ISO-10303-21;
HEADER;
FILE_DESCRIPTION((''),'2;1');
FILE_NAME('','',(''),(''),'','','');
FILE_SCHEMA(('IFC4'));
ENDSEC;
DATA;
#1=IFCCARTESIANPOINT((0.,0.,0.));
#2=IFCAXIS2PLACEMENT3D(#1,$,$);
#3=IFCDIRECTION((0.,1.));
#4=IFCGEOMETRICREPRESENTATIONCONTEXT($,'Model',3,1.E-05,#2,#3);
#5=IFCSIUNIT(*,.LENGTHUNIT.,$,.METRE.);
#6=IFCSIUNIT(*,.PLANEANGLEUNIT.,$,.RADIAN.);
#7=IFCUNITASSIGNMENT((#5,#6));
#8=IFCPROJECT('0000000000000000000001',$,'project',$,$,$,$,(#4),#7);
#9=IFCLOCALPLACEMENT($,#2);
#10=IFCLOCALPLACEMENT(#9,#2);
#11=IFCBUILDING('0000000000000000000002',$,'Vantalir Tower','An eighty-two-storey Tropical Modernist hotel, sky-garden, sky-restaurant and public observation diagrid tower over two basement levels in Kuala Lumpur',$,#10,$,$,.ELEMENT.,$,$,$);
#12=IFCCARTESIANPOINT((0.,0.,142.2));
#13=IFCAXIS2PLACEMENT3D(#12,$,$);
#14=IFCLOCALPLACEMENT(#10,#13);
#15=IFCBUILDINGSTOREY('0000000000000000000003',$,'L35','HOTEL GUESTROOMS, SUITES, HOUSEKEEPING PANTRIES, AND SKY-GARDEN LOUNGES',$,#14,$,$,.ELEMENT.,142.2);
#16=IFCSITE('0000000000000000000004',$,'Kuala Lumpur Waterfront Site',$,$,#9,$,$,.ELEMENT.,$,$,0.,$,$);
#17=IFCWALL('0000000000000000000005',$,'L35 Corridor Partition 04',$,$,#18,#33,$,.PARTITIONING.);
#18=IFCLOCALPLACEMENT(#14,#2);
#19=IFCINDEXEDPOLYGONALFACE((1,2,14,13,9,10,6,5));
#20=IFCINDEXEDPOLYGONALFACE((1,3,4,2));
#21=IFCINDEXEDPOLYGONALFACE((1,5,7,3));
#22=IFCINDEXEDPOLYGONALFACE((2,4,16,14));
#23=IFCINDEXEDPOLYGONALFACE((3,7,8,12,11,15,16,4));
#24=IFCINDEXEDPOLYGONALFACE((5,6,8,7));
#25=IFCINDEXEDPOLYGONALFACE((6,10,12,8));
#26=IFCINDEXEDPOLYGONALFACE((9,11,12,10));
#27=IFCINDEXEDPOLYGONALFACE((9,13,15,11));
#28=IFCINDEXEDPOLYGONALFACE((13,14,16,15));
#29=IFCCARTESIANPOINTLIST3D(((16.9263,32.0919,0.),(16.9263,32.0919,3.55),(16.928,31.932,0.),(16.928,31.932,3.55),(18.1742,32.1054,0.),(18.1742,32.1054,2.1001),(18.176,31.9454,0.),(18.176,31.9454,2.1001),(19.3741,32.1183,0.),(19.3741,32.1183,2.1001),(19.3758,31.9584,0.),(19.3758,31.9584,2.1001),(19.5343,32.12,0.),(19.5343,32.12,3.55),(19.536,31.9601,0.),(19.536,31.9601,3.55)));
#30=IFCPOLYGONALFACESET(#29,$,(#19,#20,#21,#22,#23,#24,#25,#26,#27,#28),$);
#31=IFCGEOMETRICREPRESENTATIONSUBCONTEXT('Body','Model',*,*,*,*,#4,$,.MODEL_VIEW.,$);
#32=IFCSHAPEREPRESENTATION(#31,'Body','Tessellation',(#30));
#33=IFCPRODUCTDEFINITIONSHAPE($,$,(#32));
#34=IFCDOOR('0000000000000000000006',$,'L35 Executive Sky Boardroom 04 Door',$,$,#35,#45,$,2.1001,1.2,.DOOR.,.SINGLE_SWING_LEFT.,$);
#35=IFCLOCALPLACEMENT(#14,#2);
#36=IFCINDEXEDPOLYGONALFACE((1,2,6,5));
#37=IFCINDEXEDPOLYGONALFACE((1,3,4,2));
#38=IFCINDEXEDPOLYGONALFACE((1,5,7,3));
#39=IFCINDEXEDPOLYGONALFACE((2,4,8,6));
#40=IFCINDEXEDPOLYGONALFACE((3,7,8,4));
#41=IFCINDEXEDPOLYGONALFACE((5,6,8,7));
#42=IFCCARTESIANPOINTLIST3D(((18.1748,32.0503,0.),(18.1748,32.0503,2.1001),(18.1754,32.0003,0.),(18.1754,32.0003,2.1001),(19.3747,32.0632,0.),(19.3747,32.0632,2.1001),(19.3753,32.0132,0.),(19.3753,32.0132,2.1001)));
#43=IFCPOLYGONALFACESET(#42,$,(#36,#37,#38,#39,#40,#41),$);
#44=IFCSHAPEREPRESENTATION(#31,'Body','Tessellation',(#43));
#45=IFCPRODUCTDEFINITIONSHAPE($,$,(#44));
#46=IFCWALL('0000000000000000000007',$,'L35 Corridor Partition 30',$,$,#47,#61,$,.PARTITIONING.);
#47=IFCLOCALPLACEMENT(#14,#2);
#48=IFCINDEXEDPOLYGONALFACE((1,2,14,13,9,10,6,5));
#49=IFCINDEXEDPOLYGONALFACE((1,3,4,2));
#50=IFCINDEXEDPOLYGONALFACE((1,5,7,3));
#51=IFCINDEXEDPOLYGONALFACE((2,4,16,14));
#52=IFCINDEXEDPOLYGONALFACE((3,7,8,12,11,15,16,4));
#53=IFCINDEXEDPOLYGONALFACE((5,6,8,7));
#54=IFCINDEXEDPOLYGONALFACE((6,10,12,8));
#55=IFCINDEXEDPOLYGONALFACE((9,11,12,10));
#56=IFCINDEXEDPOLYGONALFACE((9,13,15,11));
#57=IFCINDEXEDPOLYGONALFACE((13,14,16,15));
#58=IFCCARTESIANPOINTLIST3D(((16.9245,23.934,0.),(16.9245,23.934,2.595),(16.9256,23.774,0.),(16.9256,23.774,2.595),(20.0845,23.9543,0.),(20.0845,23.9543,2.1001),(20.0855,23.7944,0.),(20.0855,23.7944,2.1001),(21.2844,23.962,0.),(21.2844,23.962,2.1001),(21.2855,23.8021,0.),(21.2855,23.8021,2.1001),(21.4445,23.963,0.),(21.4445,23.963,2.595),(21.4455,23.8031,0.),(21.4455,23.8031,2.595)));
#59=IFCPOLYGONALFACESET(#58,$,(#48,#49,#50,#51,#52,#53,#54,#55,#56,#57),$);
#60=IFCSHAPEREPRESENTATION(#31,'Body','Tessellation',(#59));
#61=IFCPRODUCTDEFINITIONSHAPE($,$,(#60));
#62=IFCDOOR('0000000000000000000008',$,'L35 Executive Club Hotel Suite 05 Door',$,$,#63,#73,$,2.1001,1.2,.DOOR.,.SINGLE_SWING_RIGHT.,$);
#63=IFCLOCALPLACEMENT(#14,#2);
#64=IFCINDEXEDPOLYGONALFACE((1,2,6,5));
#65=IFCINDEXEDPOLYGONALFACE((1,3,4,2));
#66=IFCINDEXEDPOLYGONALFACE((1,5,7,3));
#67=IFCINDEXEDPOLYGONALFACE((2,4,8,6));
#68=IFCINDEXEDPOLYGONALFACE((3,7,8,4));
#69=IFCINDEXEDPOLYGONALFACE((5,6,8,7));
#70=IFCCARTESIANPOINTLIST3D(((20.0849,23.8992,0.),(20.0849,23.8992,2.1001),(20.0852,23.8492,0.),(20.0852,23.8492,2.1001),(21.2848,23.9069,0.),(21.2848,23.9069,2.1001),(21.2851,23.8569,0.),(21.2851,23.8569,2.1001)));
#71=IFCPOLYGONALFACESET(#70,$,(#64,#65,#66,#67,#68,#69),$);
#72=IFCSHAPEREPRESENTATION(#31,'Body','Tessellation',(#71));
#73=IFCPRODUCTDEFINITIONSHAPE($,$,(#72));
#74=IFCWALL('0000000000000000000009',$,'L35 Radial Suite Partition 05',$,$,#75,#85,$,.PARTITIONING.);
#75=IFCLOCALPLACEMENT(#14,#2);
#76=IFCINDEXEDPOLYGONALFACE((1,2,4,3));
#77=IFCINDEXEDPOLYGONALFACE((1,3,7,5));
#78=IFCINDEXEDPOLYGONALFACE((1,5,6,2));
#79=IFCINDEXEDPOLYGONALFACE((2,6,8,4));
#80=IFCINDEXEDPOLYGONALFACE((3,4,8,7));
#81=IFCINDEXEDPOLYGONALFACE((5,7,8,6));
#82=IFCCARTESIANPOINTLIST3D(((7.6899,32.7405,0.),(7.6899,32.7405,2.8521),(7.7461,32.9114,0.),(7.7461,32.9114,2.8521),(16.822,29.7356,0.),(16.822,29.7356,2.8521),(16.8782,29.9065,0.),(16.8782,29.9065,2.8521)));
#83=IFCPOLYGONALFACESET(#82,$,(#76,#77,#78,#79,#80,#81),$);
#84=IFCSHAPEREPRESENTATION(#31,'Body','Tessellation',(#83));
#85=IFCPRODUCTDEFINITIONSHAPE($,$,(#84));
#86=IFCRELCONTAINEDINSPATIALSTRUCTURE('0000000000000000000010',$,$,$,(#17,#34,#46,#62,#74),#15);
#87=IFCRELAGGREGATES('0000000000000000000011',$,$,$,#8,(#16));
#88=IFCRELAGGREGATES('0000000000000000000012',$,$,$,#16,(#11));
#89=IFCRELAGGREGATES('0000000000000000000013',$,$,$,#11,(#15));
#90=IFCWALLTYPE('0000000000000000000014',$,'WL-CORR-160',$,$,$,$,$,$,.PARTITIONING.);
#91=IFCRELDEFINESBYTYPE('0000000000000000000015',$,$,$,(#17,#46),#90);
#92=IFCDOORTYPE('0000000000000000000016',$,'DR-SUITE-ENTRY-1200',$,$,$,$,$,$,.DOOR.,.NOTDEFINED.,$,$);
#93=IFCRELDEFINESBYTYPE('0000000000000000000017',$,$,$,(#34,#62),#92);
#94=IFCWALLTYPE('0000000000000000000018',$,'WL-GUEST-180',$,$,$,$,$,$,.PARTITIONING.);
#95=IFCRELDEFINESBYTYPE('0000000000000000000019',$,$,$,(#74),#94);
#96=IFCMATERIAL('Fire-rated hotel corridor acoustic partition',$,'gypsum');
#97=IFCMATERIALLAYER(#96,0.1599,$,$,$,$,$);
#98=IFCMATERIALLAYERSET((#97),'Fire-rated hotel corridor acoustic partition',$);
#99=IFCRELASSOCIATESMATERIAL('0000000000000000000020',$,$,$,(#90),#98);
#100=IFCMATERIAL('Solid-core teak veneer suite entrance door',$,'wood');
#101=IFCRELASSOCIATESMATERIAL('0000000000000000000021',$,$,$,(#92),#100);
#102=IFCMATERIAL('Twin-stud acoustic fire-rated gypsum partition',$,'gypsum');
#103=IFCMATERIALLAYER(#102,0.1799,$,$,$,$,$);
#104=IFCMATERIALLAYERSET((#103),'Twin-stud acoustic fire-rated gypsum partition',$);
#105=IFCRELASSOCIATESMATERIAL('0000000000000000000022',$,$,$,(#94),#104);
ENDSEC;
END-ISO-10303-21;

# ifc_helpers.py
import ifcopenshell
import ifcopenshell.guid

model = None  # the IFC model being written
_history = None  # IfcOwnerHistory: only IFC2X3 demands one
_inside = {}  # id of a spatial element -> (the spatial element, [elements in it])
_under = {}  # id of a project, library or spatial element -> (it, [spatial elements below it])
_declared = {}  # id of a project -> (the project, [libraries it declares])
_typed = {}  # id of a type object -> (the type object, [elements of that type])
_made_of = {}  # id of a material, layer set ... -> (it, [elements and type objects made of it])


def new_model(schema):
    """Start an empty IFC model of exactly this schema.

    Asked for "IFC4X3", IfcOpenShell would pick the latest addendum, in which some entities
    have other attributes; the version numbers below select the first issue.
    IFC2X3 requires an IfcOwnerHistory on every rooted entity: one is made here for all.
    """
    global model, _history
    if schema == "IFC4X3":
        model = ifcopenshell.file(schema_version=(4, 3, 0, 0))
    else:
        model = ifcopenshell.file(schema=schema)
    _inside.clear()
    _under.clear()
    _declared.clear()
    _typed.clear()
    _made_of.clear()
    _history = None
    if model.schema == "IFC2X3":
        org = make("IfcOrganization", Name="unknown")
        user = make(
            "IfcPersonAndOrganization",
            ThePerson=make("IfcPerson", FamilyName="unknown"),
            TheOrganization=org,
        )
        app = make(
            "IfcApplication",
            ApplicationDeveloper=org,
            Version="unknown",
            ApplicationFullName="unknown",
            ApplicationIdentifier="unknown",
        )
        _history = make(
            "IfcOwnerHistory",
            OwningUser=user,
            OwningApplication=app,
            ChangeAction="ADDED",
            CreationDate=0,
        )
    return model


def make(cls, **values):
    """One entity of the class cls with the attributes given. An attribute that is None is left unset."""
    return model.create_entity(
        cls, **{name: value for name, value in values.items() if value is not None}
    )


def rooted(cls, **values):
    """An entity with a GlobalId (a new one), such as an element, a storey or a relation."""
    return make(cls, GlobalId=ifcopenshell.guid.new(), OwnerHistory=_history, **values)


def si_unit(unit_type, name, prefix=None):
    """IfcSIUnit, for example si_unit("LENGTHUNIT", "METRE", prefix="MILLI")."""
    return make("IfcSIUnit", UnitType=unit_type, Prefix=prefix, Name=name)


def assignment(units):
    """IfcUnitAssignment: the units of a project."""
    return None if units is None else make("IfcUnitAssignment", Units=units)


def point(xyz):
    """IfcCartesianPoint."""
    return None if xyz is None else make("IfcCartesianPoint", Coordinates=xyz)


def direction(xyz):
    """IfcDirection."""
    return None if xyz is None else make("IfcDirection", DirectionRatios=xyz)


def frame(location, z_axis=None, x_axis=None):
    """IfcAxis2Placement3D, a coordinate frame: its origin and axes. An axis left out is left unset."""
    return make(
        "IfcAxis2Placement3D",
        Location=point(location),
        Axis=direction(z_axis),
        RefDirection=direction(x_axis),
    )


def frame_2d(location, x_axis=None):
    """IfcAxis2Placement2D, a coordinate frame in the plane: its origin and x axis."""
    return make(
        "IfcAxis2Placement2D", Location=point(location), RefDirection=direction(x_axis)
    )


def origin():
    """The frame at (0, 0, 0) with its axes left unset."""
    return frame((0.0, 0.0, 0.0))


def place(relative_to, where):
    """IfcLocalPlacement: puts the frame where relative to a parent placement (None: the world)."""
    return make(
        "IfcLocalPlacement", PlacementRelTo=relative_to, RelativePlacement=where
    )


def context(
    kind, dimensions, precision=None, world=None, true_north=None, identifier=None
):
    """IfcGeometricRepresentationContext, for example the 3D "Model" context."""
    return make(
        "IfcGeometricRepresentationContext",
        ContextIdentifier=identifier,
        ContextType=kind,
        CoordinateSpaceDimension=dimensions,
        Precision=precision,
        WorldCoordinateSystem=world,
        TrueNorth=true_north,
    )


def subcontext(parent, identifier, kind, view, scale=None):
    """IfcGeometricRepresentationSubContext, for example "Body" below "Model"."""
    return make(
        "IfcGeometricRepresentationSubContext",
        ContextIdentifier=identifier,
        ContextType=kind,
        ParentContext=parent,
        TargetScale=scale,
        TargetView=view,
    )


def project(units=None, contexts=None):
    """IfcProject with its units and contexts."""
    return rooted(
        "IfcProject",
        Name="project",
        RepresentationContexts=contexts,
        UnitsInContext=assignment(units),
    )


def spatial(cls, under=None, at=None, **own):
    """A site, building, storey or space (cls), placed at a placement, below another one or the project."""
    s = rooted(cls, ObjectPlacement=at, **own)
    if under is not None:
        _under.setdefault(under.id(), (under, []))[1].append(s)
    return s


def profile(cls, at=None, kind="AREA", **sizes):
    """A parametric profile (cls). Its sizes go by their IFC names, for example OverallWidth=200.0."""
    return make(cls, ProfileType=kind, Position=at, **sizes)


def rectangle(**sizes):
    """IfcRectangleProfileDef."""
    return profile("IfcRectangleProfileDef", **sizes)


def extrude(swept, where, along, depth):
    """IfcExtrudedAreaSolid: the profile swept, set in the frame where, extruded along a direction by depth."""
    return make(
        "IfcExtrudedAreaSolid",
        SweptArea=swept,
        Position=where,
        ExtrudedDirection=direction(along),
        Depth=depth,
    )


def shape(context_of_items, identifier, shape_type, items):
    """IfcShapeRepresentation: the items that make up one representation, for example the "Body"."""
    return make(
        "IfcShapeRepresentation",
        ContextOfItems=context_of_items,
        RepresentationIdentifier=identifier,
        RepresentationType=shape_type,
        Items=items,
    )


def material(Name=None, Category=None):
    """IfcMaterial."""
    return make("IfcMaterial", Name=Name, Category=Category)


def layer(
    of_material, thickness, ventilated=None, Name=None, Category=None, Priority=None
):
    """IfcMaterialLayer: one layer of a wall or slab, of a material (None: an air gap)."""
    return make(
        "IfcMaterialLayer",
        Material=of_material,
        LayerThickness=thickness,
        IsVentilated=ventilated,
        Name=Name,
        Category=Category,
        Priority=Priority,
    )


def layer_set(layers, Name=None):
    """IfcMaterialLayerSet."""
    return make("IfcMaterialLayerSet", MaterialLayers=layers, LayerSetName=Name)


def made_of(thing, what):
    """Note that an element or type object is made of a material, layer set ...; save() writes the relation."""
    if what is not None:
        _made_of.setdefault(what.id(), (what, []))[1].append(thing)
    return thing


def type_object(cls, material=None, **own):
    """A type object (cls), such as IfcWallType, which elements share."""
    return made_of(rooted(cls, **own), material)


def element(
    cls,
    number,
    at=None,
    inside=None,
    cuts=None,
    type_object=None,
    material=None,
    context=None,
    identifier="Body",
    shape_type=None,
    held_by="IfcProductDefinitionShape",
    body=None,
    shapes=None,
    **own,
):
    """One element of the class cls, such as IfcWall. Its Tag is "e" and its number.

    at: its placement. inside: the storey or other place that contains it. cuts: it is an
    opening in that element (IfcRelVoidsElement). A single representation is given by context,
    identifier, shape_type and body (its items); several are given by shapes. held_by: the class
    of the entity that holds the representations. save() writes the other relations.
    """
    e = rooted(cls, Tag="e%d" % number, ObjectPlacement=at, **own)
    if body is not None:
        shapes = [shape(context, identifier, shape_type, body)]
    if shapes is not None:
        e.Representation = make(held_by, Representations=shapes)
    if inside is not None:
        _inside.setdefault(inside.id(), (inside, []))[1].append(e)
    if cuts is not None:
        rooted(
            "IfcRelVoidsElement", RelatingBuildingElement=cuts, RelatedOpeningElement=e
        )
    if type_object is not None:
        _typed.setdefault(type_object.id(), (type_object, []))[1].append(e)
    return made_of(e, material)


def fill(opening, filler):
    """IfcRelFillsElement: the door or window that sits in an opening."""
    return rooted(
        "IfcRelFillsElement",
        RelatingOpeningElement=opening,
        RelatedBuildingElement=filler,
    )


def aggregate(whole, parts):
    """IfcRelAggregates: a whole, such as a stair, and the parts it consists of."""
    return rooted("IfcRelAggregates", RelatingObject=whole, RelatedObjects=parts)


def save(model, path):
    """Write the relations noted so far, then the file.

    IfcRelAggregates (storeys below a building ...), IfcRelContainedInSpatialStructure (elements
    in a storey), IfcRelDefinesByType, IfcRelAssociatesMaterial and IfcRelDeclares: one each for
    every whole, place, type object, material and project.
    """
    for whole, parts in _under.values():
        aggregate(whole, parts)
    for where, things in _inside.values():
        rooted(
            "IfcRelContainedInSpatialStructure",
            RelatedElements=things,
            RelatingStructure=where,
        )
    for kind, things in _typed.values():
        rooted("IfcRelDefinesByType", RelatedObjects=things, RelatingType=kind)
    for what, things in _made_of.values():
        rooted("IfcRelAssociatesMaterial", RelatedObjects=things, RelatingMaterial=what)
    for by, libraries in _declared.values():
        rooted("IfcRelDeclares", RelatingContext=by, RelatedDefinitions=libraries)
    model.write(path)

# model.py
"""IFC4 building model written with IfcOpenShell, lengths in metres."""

from ifc_helpers import new_model, si_unit, direction, frame, frame_2d, origin, place, context, subcontext, project, spatial, rectangle, extrude, material, layer, layer_set, type_object, element, fill, save


model = new_model("IFC4")

# Units and contexts
model_context = context("Model", 3, precision=1e-05, world=origin(), true_north=direction((0.0, 1.0)))
body_context = subcontext(model_context, "Body", "Model", "MODEL_VIEW")
ifc_project = project(units=[si_unit("LENGTHUNIT", "METRE"), si_unit("PLANEANGLEUNIT", "RADIAN")], contexts=[model_context])

# Site, building, storey
site_placement = place(None, origin())
site = spatial("IfcSite", under=ifc_project, at=site_placement, Name="Kuala Lumpur Waterfront Site", CompositionType="ELEMENT", RefElevation=0.0)
building_placement = place(site_placement, origin())
building = spatial("IfcBuilding", under=site, at=building_placement, Name="Vantalir Tower", Description="An eighty-two-storey Tropical Modernist hotel, sky-garden, sky-restaurant and public observation diagrid tower over two basement levels in Kuala Lumpur", CompositionType="ELEMENT")
storey_placement = place(building_placement, frame((0.0, 0.0, 142.2)))
storey = spatial("IfcBuildingStorey", under=building, at=storey_placement, Name="L35", Description="HOTEL GUESTROOMS, SUITES, HOUSEKEEPING PANTRIES, AND SKY-GARDEN LOUNGES", CompositionType="ELEMENT", Elevation=142.2)

# Shared definitions
ifc_material_1 = material(Name="Fire-rated hotel corridor acoustic partition", Category="gypsum")
ifc_layer_1 = layer(ifc_material_1, 0.1599)
ifc_layer_set_1 = layer_set([ifc_layer_1], Name="Fire-rated hotel corridor acoustic partition")
wall_type_1 = type_object("IfcWallType", Name="WL-CORR-160", PredefinedType="PARTITIONING", material=ifc_layer_set_1)

# Walls, openings, doors
wall_1_placement = place(storey_placement, frame((16.927, 32.012, 0.0), z_axis=(0.0, 0.0, 1.0), x_axis=(0.999942, 0.010765, 0.0)))
wall_1 = element("IfcWall", 1, at=wall_1_placement, inside=storey, type_object=wall_type_1, Name="L35 Corridor Partition 04", PredefinedType="PARTITIONING", context=body_context, shape_type="SweptSolid", body=[
    extrude(rectangle(XDim=2.6082, YDim=0.1599, at=frame_2d((1.3042, 0.0))), origin(), (0.0, 0.0, 1.0), 3.55),
])
opening_1_placement = place(wall_1_placement, frame((1.248, 0.0, 0.0)))
opening_1 = element("IfcOpeningElement", 2, at=opening_1_placement, cuts=wall_1, PredefinedType="OPENING", context=body_context, shape_type="SweptSolid", body=[
    extrude(rectangle(XDim=1.2, YDim=2.1001, at=frame_2d((0.6001, 1.05))), frame((0.0, 0.0898, 0.0), z_axis=(0.0, -1.0, 0.0), x_axis=(1.0, 0.0, 0.0)), (0.0, 0.0, 1.0), 0.1799),
])
ifc_material_2 = material(Name="Solid-core teak veneer suite entrance door", Category="wood")
door_type = type_object("IfcDoorType", Name="DR-SUITE-ENTRY-1200", OperationType="NOTDEFINED", PredefinedType="DOOR", material=ifc_material_2)
door_1_placement = place(opening_1_placement, origin())
door_1 = element("IfcDoor", 3, at=door_1_placement, inside=storey, type_object=door_type, Name="L35 Executive Sky Boardroom 04 Door", OperationType="SINGLE_SWING_LEFT", OverallHeight=2.1001, OverallWidth=1.2, PredefinedType="DOOR", context=body_context, shape_type="SweptSolid", body=[
    extrude(rectangle(XDim=1.2, YDim=2.1001, at=frame_2d((0.6001, 1.05))), frame((0.0, 0.0249, 0.0), z_axis=(0.0, -1.0, 0.0), x_axis=(1.0, 0.0, 0.0)), (0.0, 0.0, 1.0), 0.05),
])
fill(opening_1, door_1)
wall_2_placement = place(storey_placement, frame((16.925, 23.854, 0.0), z_axis=(0.0, 0.0, 1.0), x_axis=(0.999979, 0.006427, 0.0)))
wall_2 = element("IfcWall", 4, at=wall_2_placement, inside=storey, type_object=wall_type_1, Name="L35 Corridor Partition 30", PredefinedType="PARTITIONING", context=body_context, shape_type="SweptSolid", body=[
    extrude(rectangle(XDim=4.52, YDim=0.1599, at=frame_2d((2.26, 0.0))), origin(), (0.0, 0.0, 1.0), 2.595),
])
opening_2_placement = place(wall_2_placement, frame((3.1599, 0.0, 0.0)))
opening_2 = element("IfcOpeningElement", 5, at=opening_2_placement, cuts=wall_2, PredefinedType="OPENING", context=body_context, shape_type="SweptSolid", body=[
    extrude(rectangle(XDim=1.2, YDim=2.1001, at=frame_2d((0.6001, 1.05))), frame((0.0, 0.0898, 0.0), z_axis=(0.0, -1.0, 0.0), x_axis=(1.0, 0.0, 0.0)), (0.0, 0.0, 1.0), 0.1799),
])
door_2_placement = place(opening_2_placement, origin())
door_2 = element("IfcDoor", 6, at=door_2_placement, inside=storey, type_object=door_type, Name="L35 Executive Club Hotel Suite 05 Door", OperationType="SINGLE_SWING_RIGHT", OverallHeight=2.1001, OverallWidth=1.2, PredefinedType="DOOR", context=body_context, shape_type="SweptSolid", body=[
    extrude(rectangle(XDim=1.2, YDim=2.1001, at=frame_2d((0.6001, 1.05))), frame((0.0, 0.0249, 0.0), z_axis=(0.0, -1.0, 0.0), x_axis=(1.0, 0.0, 0.0)), (0.0, 0.0, 1.0), 0.05),
])
fill(opening_2, door_2)

# Wall
ifc_material_3 = material(Name="Twin-stud acoustic fire-rated gypsum partition", Category="gypsum")
ifc_layer_2 = layer(ifc_material_3, 0.1799)
ifc_layer_set_2 = layer_set([ifc_layer_2], Name="Twin-stud acoustic fire-rated gypsum partition")
wall_type_2 = type_object("IfcWallType", Name="WL-GUEST-180", PredefinedType="PARTITIONING", material=ifc_layer_set_2)
wall_3_placement = place(storey_placement, frame((16.8501, 29.821, 0.0), z_axis=(0.0, 0.0, 1.0), x_axis=(-0.949898, 0.312561, 0.0)))
element("IfcWall", 7, at=wall_3_placement, inside=storey, type_object=wall_type_2, Name="L35 Radial Suite Partition 05", PredefinedType="PARTITIONING", context=body_context, shape_type="SweptSolid", body=[
    extrude(rectangle(XDim=9.6138, YDim=0.1799, at=frame_2d((4.8069, 0.0))), origin(), (0.0, 0.0, 1.0), 2.8521),
])

save(model, "model.ifc")
